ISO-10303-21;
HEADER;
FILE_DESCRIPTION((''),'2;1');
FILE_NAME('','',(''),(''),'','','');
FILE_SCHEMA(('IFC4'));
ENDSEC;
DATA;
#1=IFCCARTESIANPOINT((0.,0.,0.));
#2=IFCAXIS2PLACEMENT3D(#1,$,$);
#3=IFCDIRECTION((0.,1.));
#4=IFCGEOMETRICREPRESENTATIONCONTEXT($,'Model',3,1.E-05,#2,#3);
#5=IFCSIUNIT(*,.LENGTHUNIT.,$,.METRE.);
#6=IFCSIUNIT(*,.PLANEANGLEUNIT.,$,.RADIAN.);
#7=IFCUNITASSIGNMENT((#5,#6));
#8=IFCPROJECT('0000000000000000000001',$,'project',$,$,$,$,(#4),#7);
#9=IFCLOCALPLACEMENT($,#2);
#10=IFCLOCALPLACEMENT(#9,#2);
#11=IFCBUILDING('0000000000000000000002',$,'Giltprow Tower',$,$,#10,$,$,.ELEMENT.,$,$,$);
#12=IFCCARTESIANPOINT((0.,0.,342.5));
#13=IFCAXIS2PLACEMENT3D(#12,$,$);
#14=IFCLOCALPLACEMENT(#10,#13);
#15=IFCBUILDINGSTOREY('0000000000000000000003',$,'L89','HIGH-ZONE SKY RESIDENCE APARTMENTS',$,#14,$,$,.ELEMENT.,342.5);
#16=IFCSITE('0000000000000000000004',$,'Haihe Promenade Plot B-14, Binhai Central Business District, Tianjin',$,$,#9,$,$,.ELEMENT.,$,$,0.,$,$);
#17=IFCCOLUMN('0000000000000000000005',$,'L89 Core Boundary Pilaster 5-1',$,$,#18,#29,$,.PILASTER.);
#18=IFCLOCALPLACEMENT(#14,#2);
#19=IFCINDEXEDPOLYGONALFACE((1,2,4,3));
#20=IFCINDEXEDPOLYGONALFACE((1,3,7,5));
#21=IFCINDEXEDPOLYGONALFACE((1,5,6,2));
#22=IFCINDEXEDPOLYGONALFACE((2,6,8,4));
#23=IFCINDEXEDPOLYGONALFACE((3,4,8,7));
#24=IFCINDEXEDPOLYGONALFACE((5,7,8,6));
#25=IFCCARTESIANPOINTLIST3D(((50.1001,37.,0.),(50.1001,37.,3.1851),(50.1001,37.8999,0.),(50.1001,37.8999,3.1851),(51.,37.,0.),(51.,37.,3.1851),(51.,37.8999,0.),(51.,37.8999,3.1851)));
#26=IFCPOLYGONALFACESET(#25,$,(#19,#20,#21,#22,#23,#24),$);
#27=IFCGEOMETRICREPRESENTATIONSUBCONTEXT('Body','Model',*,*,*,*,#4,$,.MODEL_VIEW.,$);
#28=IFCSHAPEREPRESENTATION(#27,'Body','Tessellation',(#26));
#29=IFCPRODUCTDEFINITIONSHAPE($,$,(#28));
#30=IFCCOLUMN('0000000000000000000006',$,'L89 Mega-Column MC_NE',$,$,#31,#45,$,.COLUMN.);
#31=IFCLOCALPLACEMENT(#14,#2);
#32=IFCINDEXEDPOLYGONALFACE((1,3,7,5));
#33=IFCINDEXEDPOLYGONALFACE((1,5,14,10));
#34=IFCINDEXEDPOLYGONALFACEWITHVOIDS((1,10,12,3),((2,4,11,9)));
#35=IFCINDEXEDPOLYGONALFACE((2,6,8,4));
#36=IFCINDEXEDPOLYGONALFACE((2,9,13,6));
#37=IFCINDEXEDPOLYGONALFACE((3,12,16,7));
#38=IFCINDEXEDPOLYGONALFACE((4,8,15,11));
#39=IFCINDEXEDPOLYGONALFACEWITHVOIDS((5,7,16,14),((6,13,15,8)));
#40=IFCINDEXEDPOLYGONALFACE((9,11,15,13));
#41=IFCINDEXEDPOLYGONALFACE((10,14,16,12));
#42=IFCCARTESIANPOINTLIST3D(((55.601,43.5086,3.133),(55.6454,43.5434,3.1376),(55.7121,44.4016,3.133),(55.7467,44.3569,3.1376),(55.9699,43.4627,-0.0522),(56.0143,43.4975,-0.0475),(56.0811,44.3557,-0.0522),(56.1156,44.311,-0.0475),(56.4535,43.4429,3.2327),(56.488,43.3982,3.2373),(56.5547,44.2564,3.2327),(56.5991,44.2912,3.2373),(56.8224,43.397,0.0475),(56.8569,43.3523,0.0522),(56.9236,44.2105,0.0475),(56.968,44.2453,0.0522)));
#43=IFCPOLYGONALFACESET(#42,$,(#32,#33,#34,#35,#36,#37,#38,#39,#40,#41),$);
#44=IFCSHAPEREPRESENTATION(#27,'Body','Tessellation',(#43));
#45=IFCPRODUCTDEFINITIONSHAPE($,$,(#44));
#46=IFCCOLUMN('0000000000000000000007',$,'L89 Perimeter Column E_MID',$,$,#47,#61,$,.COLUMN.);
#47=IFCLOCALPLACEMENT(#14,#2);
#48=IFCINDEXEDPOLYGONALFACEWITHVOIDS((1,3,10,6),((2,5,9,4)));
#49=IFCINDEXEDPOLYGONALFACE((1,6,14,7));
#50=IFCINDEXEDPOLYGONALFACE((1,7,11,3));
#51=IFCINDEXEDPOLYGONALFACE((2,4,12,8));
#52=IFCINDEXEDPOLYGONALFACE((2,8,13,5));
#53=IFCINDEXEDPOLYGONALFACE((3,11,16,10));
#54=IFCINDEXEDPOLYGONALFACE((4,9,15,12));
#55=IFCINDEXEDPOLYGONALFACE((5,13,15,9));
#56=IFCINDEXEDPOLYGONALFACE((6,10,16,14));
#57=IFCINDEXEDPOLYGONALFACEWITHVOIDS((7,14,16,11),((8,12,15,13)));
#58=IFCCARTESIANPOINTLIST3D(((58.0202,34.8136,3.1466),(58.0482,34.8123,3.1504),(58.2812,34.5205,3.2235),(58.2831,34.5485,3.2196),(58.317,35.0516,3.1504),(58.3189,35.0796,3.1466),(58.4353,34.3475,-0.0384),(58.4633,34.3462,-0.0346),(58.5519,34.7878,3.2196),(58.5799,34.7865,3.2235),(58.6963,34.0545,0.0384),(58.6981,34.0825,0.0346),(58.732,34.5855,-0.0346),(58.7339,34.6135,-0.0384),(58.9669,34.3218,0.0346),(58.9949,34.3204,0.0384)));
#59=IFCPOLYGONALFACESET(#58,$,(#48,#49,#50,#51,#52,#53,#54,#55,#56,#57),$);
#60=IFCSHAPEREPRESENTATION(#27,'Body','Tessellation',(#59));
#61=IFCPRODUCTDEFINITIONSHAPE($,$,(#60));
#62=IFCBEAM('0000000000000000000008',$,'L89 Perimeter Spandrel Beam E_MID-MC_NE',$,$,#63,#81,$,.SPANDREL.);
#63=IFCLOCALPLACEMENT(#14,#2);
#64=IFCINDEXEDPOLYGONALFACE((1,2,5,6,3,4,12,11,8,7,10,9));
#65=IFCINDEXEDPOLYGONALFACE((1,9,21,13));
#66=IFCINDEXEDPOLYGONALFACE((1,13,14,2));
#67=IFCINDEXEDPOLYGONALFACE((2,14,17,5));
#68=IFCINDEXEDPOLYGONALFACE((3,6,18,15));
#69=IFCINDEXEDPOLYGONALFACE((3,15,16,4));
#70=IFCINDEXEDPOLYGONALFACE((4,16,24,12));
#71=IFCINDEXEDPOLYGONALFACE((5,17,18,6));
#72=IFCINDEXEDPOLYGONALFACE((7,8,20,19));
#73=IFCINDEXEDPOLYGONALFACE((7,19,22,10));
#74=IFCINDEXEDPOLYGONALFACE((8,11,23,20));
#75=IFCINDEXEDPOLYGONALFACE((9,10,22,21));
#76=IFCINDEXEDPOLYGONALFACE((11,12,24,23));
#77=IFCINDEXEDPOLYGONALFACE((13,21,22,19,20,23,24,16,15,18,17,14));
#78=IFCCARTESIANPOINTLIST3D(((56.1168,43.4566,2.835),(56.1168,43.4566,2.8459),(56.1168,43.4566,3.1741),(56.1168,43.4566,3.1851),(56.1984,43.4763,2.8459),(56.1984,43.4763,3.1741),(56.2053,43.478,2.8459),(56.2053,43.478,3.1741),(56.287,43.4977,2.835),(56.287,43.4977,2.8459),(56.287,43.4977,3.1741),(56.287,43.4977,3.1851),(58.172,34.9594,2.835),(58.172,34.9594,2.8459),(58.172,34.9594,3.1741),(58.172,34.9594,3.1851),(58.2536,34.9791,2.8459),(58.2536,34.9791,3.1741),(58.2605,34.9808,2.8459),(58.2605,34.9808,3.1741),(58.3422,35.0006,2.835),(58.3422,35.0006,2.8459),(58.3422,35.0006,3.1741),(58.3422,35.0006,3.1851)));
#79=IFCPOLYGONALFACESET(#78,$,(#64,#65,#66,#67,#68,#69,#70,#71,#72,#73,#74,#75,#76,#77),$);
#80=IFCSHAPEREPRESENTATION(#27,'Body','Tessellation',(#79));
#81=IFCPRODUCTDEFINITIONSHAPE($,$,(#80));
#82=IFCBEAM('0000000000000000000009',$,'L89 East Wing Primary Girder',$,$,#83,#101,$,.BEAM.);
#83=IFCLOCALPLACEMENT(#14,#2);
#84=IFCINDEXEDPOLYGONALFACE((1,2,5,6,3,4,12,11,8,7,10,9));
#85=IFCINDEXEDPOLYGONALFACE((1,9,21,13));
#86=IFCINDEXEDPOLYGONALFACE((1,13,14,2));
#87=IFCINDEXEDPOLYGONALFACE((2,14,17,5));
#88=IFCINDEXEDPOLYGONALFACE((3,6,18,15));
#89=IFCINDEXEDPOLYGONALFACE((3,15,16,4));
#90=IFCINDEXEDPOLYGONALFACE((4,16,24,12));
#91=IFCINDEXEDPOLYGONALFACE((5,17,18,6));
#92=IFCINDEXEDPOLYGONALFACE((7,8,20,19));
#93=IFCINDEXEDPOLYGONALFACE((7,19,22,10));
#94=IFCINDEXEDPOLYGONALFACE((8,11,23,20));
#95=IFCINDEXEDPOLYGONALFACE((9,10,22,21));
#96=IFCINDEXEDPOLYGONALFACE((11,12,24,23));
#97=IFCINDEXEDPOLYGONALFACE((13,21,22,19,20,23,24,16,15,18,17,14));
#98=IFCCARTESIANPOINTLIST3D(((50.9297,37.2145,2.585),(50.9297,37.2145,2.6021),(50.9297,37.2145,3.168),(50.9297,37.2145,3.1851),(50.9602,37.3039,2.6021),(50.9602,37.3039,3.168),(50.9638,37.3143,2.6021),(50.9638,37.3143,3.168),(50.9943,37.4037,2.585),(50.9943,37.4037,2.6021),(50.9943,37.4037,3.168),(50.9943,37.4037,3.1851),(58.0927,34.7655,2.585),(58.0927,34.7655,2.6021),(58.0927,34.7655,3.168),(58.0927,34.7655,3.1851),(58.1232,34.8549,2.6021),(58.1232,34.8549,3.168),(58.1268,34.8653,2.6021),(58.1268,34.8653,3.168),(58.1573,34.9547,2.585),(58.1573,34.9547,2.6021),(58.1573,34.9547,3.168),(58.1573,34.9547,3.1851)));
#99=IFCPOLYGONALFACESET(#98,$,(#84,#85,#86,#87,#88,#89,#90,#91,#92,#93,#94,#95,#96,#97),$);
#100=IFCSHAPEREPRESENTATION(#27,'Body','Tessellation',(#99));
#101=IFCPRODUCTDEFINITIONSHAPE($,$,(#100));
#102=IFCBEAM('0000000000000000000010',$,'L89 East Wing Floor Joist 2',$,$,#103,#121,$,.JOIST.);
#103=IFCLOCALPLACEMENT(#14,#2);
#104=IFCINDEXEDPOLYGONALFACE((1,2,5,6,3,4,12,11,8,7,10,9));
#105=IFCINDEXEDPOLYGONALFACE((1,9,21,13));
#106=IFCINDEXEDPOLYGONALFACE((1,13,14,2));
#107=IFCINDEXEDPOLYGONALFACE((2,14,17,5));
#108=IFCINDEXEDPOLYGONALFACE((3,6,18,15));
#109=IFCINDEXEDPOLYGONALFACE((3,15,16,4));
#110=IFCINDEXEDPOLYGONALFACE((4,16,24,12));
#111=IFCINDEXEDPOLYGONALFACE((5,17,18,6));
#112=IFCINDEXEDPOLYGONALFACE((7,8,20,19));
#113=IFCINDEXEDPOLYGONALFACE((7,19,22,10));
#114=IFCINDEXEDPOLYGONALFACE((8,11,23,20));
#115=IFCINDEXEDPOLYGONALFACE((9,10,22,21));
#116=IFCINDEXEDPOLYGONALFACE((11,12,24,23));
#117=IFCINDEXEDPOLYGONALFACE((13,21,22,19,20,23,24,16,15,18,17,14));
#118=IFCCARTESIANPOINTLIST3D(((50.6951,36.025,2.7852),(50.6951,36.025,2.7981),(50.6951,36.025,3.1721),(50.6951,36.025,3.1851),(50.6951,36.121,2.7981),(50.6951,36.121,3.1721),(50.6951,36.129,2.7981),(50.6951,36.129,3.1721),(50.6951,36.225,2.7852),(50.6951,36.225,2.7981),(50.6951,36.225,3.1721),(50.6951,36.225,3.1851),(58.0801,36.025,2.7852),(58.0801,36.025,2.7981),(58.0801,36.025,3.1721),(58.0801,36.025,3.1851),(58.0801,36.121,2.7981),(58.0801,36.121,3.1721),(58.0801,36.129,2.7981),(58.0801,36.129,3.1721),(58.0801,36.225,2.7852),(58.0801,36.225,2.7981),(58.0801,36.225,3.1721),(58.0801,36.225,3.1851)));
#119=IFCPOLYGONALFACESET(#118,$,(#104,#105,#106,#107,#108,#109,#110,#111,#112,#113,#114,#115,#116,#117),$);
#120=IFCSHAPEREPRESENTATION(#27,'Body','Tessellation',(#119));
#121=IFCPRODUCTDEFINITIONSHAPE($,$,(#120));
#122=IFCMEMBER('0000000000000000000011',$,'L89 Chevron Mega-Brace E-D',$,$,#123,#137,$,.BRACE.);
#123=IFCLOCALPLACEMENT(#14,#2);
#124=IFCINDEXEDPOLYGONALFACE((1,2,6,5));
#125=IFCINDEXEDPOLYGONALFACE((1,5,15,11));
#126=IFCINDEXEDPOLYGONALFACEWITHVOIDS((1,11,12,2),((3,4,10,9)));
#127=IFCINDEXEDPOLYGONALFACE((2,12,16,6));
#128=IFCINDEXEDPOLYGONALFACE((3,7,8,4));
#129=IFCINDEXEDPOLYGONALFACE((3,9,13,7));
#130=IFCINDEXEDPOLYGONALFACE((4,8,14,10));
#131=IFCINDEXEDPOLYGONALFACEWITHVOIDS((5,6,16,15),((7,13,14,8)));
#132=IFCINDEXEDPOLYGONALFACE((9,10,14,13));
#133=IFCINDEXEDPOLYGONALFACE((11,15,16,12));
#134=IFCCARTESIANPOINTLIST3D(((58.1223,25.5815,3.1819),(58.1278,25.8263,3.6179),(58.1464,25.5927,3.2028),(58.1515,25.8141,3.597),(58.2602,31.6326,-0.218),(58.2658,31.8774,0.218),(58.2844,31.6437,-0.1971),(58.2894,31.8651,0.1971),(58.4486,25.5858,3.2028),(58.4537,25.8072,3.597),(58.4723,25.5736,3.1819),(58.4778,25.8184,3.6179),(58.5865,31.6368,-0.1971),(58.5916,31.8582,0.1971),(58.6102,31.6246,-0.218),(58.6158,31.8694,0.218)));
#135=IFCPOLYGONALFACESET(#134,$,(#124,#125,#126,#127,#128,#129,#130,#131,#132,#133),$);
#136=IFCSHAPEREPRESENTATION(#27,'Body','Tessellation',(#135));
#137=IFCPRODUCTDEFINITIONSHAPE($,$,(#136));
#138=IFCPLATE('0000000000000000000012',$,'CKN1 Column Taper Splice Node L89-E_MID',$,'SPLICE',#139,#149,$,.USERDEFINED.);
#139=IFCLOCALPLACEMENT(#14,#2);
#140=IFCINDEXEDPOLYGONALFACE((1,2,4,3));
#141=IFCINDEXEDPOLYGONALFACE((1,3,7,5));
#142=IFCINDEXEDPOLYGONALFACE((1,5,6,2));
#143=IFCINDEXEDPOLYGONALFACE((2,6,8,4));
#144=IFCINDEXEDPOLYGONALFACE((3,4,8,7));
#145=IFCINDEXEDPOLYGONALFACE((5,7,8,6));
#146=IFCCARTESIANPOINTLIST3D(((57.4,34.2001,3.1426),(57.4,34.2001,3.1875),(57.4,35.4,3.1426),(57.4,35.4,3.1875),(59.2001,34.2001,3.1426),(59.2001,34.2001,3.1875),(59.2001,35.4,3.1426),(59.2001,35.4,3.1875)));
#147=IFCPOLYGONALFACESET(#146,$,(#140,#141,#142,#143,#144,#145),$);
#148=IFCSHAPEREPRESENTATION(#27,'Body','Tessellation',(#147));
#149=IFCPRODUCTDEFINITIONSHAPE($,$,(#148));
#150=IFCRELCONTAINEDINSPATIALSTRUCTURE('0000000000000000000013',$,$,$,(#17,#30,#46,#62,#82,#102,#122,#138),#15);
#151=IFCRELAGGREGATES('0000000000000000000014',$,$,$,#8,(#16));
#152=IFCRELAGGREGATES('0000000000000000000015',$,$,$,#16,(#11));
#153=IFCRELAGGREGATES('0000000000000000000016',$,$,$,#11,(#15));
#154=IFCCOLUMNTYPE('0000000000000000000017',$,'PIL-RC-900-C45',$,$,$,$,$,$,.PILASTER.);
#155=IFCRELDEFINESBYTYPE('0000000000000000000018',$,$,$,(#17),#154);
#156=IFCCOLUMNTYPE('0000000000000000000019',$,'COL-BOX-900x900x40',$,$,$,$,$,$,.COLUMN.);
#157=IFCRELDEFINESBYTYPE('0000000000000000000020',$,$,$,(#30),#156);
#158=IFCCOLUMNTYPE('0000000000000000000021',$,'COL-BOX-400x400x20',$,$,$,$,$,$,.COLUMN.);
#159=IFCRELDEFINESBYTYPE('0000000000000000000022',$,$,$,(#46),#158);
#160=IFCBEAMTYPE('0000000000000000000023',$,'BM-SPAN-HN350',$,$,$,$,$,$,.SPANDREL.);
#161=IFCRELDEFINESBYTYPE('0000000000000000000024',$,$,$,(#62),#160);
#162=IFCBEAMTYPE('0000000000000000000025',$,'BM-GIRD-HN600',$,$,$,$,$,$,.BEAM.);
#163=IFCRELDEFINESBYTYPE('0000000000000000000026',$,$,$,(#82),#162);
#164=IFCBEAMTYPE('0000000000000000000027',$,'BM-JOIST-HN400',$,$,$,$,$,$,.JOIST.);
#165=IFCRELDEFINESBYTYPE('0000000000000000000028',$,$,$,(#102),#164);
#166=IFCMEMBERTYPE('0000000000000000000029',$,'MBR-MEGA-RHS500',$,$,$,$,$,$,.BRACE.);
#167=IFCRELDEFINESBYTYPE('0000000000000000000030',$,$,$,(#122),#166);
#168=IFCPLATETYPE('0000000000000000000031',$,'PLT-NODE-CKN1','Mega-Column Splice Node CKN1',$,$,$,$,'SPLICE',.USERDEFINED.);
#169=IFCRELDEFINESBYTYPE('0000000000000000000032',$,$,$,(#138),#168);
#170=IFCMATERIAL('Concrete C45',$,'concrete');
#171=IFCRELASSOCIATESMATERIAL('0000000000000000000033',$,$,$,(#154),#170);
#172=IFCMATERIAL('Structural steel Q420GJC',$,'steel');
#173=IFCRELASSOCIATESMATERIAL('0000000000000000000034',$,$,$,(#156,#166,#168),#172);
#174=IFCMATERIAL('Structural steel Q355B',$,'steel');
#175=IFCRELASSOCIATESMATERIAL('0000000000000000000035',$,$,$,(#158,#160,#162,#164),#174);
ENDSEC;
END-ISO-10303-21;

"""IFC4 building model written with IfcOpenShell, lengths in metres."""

from ifc_helpers import new_model, si_unit, direction, frame, origin, origin_2d, place, context, subcontext, project, spatial, rectangle, hollow_rectangle, i_section, extrude, source, transform, mapped, material, material_profile, profile_set, type_object, element, save


model = new_model("IFC4")

# Units and contexts
model_context = context("Model", 3, precision=1e-05, world=origin(), true_north=direction((0.0, 1.0)))
body_context = subcontext(model_context, "Body", "Model", "MODEL_VIEW")
ifc_project = project(units=[si_unit("LENGTHUNIT", "METRE"), si_unit("PLANEANGLEUNIT", "RADIAN")], contexts=[model_context])

# Site, building, storey
site_placement = place(None, origin())
site = spatial("IfcSite", under=ifc_project, at=site_placement, Name="Haihe Promenade Plot B-14, Binhai Central Business District, Tianjin", CompositionType="ELEMENT", RefElevation=0.0)
building_placement = place(site_placement, origin())
building = spatial("IfcBuilding", under=site, at=building_placement, Name="Giltprow Tower", CompositionType="ELEMENT")
storey_placement = place(building_placement, frame((0.0, 0.0, 342.5)))
storey = spatial("IfcBuildingStorey", under=building, at=storey_placement, Name="L89", Description="HIGH-ZONE SKY RESIDENCE APARTMENTS", CompositionType="ELEMENT", Elevation=342.5)

# Columns
ifc_material_1 = material(Name="Concrete C45", Category="concrete")
ifc_material_profile_1 = material_profile(ifc_material_1, rectangle(XDim=0.8999, YDim=0.8999, at=origin_2d()), Name="RC 900x900")
ifc_profile_set_1 = profile_set([ifc_material_profile_1], Name="Concrete C45")
column_type_1 = type_object("IfcColumnType", Name="PIL-RC-900-C45", PredefinedType="PILASTER", material=ifc_profile_set_1)
shared_shape_1 = source(origin(), body_context, "Body", "SweptSolid", [
    extrude(rectangle(XDim=0.8999, YDim=0.8999, at=origin_2d()), origin(), (0.0, 0.0, 1.0), 3.1851),
])
column_1_placement = place(storey_placement, frame((50.55, 37.45, 0.0), z_axis=(0.0, 0.0, 1.0), x_axis=(1.0, 0.0, 0.0)))
element("IfcColumn", 1, at=column_1_placement, inside=storey, type_object=column_type_1, Name="L89 Core Boundary Pilaster 5-1", PredefinedType="PILASTER", context=body_context, shape_type="MappedRepresentation", body=[
    mapped(shared_shape_1, transform((0.0, 0.0, 0.0), x_axis=(1.0, 0.0, 0.0), y_axis=(0.0, 1.0, 0.0), z_axis=(0.0, 0.0, 1.0), scale=1.0)),
])
ifc_material_2 = material(Name="Structural steel Q420GJC", Category="steel")
ifc_material_profile_2 = material_profile(ifc_material_2, hollow_rectangle(XDim=0.8999, YDim=0.8999, WallThickness=0.04, at=origin_2d()), Name="BOX 900x900x40")
ifc_profile_set_2 = profile_set([ifc_material_profile_2], Name="Structural steel Q420GJC")
column_type_2 = type_object("IfcColumnType", Name="COL-BOX-900x900x40", PredefinedType="COLUMN", material=ifc_profile_set_2)
shared_shape_2 = source(origin(), body_context, "Body", "SweptSolid", [
    extrude(hollow_rectangle(XDim=0.8999, YDim=0.8999, WallThickness=0.04, at=origin_2d()), origin(), (0.0, 0.0, 1.0), 3.2068),
])
column_2_placement = place(storey_placement, frame((56.469, 43.854, 0.0), z_axis=(-0.11504, 0.014313, 0.993258), x_axis=(-0.123469, -0.992348, 0.0)))
element("IfcColumn", 2, at=column_2_placement, inside=storey, type_object=column_type_2, Name="L89 Mega-Column MC_NE", PredefinedType="COLUMN", context=body_context, shape_type="MappedRepresentation", body=[
    mapped(shared_shape_2, transform((0.0, 0.0, 0.0), x_axis=(1.0, 0.0, 0.0), y_axis=(0.0, 1.0, 0.0), z_axis=(0.0, 0.0, 1.0), scale=1.0)),
])
ifc_material_3 = material(Name="Structural steel Q355B", Category="steel")
ifc_material_profile_3 = material_profile(ifc_material_3, hollow_rectangle(XDim=0.3999, YDim=0.3999, WallThickness=0.02, at=origin_2d()), Name="BOX 400x400x20")
ifc_profile_set_3 = profile_set([ifc_material_profile_3], Name="Structural steel Q355B")
column_type_3 = type_object("IfcColumnType", Name="COL-BOX-400x400x20", PredefinedType="COLUMN", material=ifc_profile_set_3)
shared_shape_3 = source(origin(), body_context, "Body", "SweptSolid", [
    extrude(hollow_rectangle(XDim=0.3999, YDim=0.3999, WallThickness=0.02, at=origin_2d()), origin(), (0.0, 0.0, 1.0), 3.2456),
])
column_3_placement = place(storey_placement, frame((58.7151, 34.334, 0.0), z_axis=(-0.127877, 0.143598, 0.98134), x_axis=(-0.746805, -0.665043, 0.0)))
element("IfcColumn", 3, at=column_3_placement, inside=storey, type_object=column_type_3, Name="L89 Perimeter Column E_MID", PredefinedType="COLUMN", context=body_context, shape_type="MappedRepresentation", body=[
    mapped(shared_shape_3, transform((0.0, 0.0, 0.0), x_axis=(1.0, 0.0, 0.0), y_axis=(0.0, 1.0, 0.0), z_axis=(0.0, 0.0, 1.0), scale=1.0)),
])

# Beams
ifc_material_profile_4 = material_profile(ifc_material_3, i_section(OverallWidth=0.175, OverallDepth=0.3501, WebThickness=0.0071, FlangeThickness=0.011, at=origin_2d()), Name="HN 350x175x7x11")
ifc_profile_set_4 = profile_set([ifc_material_profile_4], Name="Structural steel Q355B")
beam_type_1 = type_object("IfcBeamType", Name="BM-SPAN-HN350", PredefinedType="SPANDREL", material=ifc_profile_set_4)
shared_shape_4 = source(origin(), body_context, "Body", "SweptSolid", [
    extrude(i_section(OverallWidth=0.175, OverallDepth=0.3501, WebThickness=0.0071, FlangeThickness=0.011, at=origin_2d()), origin(), (0.0, 0.0, 1.0), 8.7422),
])
beam_1_placement = place(storey_placement, frame((58.2571, 34.98, 3.01), z_axis=(-0.23509, 0.971974, 0.0), x_axis=(-0.971974, -0.23509, 0.0)))
element("IfcBeam", 4, at=beam_1_placement, inside=storey, type_object=beam_type_1, Name="L89 Perimeter Spandrel Beam E_MID-MC_NE", PredefinedType="SPANDREL", context=body_context, shape_type="MappedRepresentation", body=[
    mapped(shared_shape_4, transform((0.0, 0.0, 0.0), x_axis=(1.0, 0.0, 0.0), y_axis=(0.0, 1.0, 0.0), z_axis=(0.0, 0.0, 1.0), scale=1.0)),
])
ifc_material_profile_5 = material_profile(ifc_material_3, i_section(OverallWidth=0.2, OverallDepth=0.6001, WebThickness=0.011, FlangeThickness=0.0171, at=origin_2d()), Name="HN 600x200x11x17")
ifc_profile_set_5 = profile_set([ifc_material_profile_5], Name="Structural steel Q355B")
beam_type_2 = type_object("IfcBeamType", Name="BM-GIRD-HN600", PredefinedType="BEAM", material=ifc_profile_set_5)
shared_shape_5 = source(origin(), body_context, "Body", "SweptSolid", [
    extrude(i_section(OverallWidth=0.2, OverallDepth=0.6001, WebThickness=0.011, FlangeThickness=0.0171, at=origin_2d()), origin(), (0.0, 0.0, 1.0), 7.5701),
])
beam_2_placement = place(storey_placement, frame((58.125, 34.8601, 2.885), z_axis=(-0.946227, 0.323504, 0.0), x_axis=(-0.323504, -0.946227, 0.0)))
element("IfcBeam", 5, at=beam_2_placement, inside=storey, type_object=beam_type_2, Name="L89 East Wing Primary Girder", PredefinedType="BEAM", context=body_context, shape_type="MappedRepresentation", body=[
    mapped(shared_shape_5, transform((0.0, 0.0, 0.0), x_axis=(1.0, 0.0, 0.0), y_axis=(0.0, 1.0, 0.0), z_axis=(0.0, 0.0, 1.0), scale=1.0)),
])
ifc_material_profile_6 = material_profile(ifc_material_3, i_section(OverallWidth=0.2, OverallDepth=0.3999, WebThickness=0.0081, FlangeThickness=0.0129, at=origin_2d()), Name="HN 400x200x8x13")
ifc_profile_set_6 = profile_set([ifc_material_profile_6], Name="Structural steel Q355B")
beam_type_3 = type_object("IfcBeamType", Name="BM-JOIST-HN400", PredefinedType="JOIST", material=ifc_profile_set_6)
shared_shape_6 = source(origin(), body_context, "Body", "SweptSolid", [
    extrude(i_section(OverallWidth=0.2, OverallDepth=0.3999, WebThickness=0.0081, FlangeThickness=0.0129, at=origin_2d()), origin(), (0.0, 0.0, 1.0), 7.385),
])
beam_3_placement = place(storey_placement, frame((50.6951, 36.125, 2.9851), z_axis=(1.0, 0.0, 0.0), x_axis=(0.0, 1.0, 0.0)))
element("IfcBeam", 6, at=beam_3_placement, inside=storey, type_object=beam_type_3, Name="L89 East Wing Floor Joist 2", PredefinedType="JOIST", context=body_context, shape_type="MappedRepresentation", body=[
    mapped(shared_shape_6, transform((0.0, 0.0, 0.0), x_axis=(1.0, 0.0, 0.0), y_axis=(0.0, 1.0, 0.0), z_axis=(0.0, 0.0, 1.0), scale=1.0)),
])

# Member
ifc_material_profile_7 = material_profile(ifc_material_2, hollow_rectangle(XDim=0.3501, YDim=0.5, WallThickness=0.0239, at=origin_2d()), Name="RHS 500x350x24")
ifc_profile_set_7 = profile_set([ifc_material_profile_7], Name="Structural steel Q420GJC")
member_type = type_object("IfcMemberType", Name="MBR-MEGA-RHS500", PredefinedType="BRACE", material=ifc_profile_set_7)
shared_shape_7 = source(origin(), body_context, "Body", "SweptSolid", [
    extrude(hollow_rectangle(XDim=0.3501, YDim=0.5, WallThickness=0.0239, at=origin_2d()), origin(), (0.0, 0.0, 1.0), 6.9421),
])
member_placement = place(storey_placement, frame((58.438, 31.751, 0.0), z_axis=(-0.01987, -0.871637, 0.489749), x_axis=(0.99974, -0.02279, 0.0)))
element("IfcMember", 7, at=member_placement, inside=storey, type_object=member_type, Name="L89 Chevron Mega-Brace E-D", PredefinedType="BRACE", context=body_context, shape_type="MappedRepresentation", body=[
    mapped(shared_shape_7, transform((0.0, 0.0, 0.0), x_axis=(1.0, 0.0, 0.0), y_axis=(0.0, 1.0, 0.0), z_axis=(0.0, 0.0, 1.0), scale=1.0)),
])

# Plate
plate_type = type_object("IfcPlateType", Name="PLT-NODE-CKN1", Description="Mega-Column Splice Node CKN1", ElementType="SPLICE", PredefinedType="USERDEFINED", material=ifc_material_2)
shared_shape_8 = source(origin(), body_context, "Body", "SweptSolid", [
    extrude(rectangle(XDim=1.8, YDim=1.2, at=origin_2d()), origin(), (0.0, 0.0, 1.0), 0.0449),
])
plate_placement = place(storey_placement, frame((58.3, 34.8, 3.1426), z_axis=(0.0, 0.0, 1.0), x_axis=(1.0, 0.0, 0.0)))
element("IfcPlate", 8, at=plate_placement, inside=storey, type_object=plate_type, Name="CKN1 Column Taper Splice Node L89-E_MID", ObjectType="SPLICE", PredefinedType="USERDEFINED", context=body_context, shape_type="MappedRepresentation", body=[
    mapped(shared_shape_8, transform((0.0, 0.0, 0.0), x_axis=(1.0, 0.0, 0.0), y_axis=(0.0, 1.0, 0.0), z_axis=(0.0, 0.0, 1.0), scale=1.0)),
])

save(model, "model.ifc")
